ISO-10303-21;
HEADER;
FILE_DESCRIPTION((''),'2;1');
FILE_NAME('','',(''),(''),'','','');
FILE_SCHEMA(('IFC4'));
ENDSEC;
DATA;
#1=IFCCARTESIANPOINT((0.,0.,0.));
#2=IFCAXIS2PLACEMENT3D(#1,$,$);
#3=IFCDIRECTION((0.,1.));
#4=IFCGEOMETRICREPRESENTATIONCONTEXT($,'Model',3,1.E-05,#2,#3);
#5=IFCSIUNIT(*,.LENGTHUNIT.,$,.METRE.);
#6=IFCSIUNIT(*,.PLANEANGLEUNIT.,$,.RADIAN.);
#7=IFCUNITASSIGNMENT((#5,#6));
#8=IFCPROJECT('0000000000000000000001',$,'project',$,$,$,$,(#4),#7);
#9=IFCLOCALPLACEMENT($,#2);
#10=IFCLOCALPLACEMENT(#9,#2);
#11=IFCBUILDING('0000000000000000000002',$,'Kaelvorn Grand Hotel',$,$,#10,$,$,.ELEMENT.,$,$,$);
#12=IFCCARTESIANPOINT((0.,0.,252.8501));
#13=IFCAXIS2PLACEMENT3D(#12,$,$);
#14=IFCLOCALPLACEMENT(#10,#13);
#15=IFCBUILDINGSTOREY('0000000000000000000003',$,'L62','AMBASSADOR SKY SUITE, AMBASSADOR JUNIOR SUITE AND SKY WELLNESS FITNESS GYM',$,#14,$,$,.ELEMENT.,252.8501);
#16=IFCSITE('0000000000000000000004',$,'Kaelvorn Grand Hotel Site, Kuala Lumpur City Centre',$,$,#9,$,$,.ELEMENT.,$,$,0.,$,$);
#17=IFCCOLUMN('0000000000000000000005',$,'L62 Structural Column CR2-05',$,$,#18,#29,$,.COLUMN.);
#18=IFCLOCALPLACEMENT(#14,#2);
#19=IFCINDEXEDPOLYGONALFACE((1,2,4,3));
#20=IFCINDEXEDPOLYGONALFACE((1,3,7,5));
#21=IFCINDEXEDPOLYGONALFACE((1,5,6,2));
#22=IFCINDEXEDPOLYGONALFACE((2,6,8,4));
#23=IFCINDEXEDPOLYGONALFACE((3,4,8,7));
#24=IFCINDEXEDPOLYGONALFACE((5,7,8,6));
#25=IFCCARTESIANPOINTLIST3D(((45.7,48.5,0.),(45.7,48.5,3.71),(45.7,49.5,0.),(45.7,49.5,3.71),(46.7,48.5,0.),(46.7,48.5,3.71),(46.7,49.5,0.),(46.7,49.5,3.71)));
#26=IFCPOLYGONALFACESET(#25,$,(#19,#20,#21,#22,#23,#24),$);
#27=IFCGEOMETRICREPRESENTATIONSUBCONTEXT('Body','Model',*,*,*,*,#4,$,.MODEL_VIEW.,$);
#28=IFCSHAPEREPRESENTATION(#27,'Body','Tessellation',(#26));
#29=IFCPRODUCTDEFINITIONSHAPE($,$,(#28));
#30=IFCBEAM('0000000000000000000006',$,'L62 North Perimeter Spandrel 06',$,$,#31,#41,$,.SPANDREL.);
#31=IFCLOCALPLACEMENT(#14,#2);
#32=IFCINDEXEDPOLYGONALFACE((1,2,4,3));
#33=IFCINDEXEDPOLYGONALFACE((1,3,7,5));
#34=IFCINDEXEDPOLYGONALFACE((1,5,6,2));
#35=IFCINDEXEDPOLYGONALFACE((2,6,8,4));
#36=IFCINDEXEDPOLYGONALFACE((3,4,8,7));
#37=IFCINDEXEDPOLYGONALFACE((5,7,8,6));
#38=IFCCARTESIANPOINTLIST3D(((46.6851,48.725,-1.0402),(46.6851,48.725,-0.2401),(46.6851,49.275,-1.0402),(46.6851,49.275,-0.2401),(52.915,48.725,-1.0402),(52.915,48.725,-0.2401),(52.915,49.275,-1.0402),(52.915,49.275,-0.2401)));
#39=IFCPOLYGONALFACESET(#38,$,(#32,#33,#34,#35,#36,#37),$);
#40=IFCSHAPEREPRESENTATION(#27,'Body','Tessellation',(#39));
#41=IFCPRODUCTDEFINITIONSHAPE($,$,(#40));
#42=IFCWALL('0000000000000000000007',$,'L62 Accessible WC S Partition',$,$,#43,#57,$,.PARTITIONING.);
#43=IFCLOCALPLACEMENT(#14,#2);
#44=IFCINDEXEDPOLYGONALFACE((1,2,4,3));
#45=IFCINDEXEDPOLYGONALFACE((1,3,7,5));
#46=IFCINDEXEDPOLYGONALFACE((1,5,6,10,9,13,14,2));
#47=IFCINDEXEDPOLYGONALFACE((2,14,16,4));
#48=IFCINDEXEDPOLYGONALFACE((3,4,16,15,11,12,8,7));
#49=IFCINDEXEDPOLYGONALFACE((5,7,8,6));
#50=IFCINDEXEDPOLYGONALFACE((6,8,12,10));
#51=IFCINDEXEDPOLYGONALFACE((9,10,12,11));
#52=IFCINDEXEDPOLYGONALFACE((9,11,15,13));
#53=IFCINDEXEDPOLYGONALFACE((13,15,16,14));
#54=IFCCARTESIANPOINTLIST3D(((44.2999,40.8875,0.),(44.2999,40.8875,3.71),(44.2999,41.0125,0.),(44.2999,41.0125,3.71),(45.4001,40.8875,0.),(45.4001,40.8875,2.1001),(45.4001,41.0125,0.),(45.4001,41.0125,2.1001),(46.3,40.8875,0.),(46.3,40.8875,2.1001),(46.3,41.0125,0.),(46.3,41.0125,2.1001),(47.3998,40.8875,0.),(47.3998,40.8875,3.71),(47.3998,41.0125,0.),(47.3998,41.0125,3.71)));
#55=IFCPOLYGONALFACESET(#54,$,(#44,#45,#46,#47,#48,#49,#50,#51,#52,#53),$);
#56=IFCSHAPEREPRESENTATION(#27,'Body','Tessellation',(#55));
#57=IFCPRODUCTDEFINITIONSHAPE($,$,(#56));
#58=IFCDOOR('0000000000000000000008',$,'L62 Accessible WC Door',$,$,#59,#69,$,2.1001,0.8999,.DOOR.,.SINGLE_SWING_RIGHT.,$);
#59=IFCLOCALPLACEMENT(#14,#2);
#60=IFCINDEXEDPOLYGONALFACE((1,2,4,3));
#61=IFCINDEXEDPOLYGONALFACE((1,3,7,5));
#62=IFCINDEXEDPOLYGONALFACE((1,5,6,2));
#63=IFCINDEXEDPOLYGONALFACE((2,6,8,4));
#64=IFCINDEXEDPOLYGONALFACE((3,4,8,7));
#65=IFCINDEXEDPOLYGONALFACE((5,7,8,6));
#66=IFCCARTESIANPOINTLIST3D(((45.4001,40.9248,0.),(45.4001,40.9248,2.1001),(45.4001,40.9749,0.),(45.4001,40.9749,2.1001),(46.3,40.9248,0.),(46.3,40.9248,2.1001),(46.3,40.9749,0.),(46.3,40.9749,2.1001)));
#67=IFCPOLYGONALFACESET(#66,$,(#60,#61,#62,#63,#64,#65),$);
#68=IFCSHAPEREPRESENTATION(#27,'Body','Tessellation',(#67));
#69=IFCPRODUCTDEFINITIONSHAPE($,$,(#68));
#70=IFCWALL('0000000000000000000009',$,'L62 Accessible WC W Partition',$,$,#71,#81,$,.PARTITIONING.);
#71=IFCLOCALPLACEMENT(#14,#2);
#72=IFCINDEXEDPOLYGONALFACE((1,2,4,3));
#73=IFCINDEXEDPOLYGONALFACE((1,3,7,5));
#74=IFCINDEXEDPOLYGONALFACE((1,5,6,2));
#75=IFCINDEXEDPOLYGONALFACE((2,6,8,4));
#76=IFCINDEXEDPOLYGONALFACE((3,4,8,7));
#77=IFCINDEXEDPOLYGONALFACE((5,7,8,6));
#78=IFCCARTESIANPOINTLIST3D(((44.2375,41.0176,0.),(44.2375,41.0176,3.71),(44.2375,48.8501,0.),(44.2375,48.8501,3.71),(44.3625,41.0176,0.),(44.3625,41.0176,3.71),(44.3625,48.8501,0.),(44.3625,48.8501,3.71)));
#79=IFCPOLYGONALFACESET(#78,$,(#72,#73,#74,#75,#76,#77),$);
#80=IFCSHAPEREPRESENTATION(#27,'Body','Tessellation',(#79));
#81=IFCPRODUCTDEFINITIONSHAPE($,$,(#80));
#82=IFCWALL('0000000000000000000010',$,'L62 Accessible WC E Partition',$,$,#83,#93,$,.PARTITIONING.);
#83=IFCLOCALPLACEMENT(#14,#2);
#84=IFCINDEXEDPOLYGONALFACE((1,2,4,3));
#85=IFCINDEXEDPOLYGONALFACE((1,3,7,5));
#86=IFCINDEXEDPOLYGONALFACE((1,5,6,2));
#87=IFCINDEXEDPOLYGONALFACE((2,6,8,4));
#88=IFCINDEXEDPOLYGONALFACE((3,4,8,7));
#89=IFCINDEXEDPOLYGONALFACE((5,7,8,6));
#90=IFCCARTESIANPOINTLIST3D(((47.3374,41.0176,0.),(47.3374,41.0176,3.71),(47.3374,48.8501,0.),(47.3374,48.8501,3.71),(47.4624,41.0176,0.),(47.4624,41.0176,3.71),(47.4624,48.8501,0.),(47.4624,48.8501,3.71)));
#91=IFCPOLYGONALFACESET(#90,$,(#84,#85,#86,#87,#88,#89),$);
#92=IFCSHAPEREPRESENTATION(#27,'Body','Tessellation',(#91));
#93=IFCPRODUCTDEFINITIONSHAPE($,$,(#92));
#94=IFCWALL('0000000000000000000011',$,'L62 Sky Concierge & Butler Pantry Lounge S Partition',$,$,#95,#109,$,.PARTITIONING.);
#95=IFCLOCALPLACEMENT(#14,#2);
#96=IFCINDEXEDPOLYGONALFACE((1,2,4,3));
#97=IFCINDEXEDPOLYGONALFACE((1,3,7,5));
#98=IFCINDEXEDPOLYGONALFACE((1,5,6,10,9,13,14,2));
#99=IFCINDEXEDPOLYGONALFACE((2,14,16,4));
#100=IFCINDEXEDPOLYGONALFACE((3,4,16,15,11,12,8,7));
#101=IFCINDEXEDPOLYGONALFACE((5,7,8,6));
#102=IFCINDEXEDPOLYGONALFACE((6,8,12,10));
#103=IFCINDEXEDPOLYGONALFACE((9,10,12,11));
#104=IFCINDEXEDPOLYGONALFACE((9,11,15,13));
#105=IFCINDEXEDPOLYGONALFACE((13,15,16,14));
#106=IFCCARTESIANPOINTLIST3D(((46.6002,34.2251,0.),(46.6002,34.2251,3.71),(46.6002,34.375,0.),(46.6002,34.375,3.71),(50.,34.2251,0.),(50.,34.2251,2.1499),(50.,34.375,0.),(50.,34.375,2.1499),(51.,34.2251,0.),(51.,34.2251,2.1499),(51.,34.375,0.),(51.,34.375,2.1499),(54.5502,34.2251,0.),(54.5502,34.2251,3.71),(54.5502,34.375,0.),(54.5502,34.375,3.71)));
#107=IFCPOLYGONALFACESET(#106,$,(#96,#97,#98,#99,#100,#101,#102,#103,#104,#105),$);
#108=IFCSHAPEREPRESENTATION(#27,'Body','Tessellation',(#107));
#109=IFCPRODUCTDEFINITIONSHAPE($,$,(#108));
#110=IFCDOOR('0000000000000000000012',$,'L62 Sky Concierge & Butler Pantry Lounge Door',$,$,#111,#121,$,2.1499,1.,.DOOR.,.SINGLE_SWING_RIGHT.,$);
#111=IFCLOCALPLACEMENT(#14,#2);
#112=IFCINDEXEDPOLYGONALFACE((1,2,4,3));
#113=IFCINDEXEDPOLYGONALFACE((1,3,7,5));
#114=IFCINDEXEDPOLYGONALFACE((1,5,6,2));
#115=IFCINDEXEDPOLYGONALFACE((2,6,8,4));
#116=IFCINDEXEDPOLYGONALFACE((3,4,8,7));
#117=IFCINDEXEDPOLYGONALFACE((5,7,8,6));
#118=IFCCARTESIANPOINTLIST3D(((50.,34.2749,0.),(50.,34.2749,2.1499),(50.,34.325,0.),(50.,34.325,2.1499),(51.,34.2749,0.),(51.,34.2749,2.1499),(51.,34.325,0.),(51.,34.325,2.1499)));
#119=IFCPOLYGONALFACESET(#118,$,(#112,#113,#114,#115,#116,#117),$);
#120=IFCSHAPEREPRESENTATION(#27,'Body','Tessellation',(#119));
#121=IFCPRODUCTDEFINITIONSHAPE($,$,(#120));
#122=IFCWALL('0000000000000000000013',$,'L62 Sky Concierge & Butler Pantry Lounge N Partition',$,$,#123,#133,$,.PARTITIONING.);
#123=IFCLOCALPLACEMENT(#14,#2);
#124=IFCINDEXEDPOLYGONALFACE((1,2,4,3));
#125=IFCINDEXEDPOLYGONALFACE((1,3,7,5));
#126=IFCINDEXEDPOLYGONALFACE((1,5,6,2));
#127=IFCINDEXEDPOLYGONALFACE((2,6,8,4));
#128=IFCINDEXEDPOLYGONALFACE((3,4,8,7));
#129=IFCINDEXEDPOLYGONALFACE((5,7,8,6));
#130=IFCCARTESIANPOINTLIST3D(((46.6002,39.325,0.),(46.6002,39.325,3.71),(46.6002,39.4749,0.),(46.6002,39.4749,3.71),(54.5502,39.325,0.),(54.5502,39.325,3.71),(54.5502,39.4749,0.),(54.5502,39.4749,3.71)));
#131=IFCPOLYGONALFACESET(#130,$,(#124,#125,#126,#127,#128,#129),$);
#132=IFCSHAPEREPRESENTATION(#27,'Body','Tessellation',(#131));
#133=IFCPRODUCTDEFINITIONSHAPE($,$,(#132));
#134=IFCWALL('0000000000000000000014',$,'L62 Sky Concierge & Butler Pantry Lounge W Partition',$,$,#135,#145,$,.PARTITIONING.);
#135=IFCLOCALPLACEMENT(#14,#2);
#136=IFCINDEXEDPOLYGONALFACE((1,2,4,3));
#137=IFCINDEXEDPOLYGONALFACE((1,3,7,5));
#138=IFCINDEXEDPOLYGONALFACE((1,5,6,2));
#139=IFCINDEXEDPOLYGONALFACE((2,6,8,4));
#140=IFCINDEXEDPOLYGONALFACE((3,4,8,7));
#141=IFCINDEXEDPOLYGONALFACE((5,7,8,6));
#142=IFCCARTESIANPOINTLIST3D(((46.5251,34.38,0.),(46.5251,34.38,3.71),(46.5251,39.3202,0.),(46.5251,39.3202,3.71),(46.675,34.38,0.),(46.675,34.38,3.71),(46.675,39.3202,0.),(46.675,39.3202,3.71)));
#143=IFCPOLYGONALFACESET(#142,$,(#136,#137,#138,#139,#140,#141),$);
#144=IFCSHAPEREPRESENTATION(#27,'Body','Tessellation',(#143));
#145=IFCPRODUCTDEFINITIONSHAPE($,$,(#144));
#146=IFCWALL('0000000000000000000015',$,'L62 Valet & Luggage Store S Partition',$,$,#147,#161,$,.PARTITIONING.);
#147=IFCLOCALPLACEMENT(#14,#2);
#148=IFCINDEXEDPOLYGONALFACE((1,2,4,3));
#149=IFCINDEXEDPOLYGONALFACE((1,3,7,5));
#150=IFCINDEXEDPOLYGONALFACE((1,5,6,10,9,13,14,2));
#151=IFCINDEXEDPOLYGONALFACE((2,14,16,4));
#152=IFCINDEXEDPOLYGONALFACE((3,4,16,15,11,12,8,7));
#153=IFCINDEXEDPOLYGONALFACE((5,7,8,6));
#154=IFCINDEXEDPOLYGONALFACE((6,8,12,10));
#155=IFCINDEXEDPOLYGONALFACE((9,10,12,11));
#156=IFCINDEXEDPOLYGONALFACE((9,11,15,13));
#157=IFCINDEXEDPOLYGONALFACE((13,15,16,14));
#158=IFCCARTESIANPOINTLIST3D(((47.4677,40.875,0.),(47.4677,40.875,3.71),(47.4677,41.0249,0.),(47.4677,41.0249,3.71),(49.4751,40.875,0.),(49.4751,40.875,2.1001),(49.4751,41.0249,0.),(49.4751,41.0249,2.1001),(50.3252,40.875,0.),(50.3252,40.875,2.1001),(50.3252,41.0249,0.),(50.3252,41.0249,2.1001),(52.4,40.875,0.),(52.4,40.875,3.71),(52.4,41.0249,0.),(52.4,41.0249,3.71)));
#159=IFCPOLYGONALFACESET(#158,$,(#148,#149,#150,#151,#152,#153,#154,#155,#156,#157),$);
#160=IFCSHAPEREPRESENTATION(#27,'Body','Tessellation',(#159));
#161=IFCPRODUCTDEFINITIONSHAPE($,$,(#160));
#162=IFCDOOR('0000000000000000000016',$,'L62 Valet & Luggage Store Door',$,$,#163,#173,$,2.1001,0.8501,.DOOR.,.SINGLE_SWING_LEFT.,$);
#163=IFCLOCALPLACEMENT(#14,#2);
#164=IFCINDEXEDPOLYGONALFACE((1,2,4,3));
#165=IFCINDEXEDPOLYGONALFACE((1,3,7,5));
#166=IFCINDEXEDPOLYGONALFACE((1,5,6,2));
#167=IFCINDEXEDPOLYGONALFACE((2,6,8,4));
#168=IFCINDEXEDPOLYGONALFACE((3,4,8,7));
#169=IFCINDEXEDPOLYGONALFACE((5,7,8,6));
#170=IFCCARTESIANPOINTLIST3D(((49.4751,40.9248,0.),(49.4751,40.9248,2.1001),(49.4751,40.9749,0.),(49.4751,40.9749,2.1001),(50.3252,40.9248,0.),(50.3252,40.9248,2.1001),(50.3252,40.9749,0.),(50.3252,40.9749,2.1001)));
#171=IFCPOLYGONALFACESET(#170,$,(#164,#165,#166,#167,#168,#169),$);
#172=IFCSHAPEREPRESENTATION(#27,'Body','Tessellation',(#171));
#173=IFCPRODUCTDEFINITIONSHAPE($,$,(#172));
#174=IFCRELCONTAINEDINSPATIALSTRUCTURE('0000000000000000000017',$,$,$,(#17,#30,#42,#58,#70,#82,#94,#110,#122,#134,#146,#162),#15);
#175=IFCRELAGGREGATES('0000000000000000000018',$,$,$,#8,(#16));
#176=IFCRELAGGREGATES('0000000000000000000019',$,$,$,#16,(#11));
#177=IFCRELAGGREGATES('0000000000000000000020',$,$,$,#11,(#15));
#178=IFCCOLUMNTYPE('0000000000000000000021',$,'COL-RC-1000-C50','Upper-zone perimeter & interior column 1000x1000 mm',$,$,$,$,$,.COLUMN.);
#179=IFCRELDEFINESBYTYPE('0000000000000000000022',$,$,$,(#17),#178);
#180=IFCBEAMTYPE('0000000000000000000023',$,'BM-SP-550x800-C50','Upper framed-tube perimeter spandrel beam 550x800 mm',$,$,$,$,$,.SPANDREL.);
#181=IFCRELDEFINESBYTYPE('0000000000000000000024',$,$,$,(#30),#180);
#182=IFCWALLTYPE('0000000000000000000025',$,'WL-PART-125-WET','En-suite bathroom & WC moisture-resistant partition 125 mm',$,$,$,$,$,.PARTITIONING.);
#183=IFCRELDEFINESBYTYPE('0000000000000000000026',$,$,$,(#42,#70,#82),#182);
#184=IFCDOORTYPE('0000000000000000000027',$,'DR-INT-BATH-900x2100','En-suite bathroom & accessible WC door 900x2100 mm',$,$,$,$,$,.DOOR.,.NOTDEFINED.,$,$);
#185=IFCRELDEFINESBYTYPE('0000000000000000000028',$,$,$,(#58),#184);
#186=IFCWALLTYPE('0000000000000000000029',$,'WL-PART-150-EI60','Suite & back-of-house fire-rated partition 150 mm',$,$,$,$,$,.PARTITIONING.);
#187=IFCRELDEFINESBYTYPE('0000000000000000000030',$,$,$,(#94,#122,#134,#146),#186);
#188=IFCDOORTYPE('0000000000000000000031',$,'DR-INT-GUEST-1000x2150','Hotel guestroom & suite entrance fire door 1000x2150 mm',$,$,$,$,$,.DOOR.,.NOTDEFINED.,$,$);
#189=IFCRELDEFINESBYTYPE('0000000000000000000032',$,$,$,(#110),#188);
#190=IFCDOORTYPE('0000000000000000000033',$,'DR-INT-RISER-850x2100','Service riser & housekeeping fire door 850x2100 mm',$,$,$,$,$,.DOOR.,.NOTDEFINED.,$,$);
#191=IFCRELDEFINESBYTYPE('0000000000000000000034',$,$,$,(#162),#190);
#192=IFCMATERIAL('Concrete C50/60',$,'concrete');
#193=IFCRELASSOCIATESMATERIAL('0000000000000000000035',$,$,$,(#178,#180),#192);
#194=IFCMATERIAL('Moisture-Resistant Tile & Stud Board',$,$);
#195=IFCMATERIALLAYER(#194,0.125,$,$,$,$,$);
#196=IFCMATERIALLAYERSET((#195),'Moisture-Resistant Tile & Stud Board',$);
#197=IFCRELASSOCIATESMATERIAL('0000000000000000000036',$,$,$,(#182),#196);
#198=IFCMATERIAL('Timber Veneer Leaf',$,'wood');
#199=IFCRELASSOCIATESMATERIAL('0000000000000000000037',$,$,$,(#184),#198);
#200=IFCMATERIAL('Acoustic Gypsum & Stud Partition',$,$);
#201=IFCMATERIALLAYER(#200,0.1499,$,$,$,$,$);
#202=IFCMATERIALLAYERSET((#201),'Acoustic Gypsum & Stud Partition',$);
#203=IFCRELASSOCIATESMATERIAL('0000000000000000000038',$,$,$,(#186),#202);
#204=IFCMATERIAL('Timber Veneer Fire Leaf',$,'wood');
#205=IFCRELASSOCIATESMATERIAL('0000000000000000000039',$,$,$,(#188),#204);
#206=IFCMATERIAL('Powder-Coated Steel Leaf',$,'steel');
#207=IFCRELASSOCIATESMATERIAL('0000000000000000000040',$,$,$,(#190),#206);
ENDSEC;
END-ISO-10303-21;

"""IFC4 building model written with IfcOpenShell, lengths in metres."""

from ifc_helpers import new_model, si_unit, direction, frame, frame_2d, origin, origin_2d, place, context, subcontext, project, spatial, rectangle, extrude, material, layer, layer_set, material_profile, profile_set, type_object, element, fill, save


model = new_model("IFC4")

# Units and contexts
model_context = context("Model", 3, precision=1e-05, world=origin(), true_north=direction((0.0, 1.0)))
body_context = subcontext(model_context, "Body", "Model", "MODEL_VIEW")
ifc_project = project(units=[si_unit("LENGTHUNIT", "METRE"), si_unit("PLANEANGLEUNIT", "RADIAN")], contexts=[model_context])

# Site, building, storey
site_placement = place(None, origin())
site = spatial("IfcSite", under=ifc_project, at=site_placement, Name="Kaelvorn Grand Hotel Site, Kuala Lumpur City Centre", CompositionType="ELEMENT", RefElevation=0.0)
building_placement = place(site_placement, origin())
building = spatial("IfcBuilding", under=site, at=building_placement, Name="Kaelvorn Grand Hotel", CompositionType="ELEMENT")
storey_placement = place(building_placement, frame((0.0, 0.0, 252.8501)))
storey = spatial("IfcBuildingStorey", under=building, at=storey_placement, Name="L62", Description="AMBASSADOR SKY SUITE, AMBASSADOR JUNIOR SUITE AND SKY WELLNESS FITNESS GYM", CompositionType="ELEMENT", Elevation=252.8501)

# Column
ifc_material_1 = material(Name="Concrete C50/60", Category="concrete")
ifc_material_profile_1 = material_profile(ifc_material_1, rectangle(XDim=1.0, YDim=1.0, at=origin_2d()), Name="RC COL 1000x1000")
ifc_profile_set_1 = profile_set([ifc_material_profile_1], Name="Concrete C50/60")
column_type = type_object("IfcColumnType", Name="COL-RC-1000-C50", Description="Upper-zone perimeter & interior column 1000x1000 mm", PredefinedType="COLUMN", material=ifc_profile_set_1)
column_placement = place(storey_placement, frame((46.2, 49.0, 0.0), z_axis=(0.0, 0.0, 1.0), x_axis=(1.0, 0.0, 0.0)))
element("IfcColumn", 1, at=column_placement, inside=storey, type_object=column_type, Name="L62 Structural Column CR2-05", PredefinedType="COLUMN", context=body_context, shape_type="SweptSolid", body=[
    extrude(rectangle(XDim=1.0, YDim=1.0, at=origin_2d()), origin(), (0.0, 0.0, 1.0), 3.71),
])

# Beam
ifc_material_profile_2 = material_profile(ifc_material_1, rectangle(XDim=0.55, YDim=0.8, at=origin_2d()), Name="RC SPANDREL 550x800")
ifc_profile_set_2 = profile_set([ifc_material_profile_2], Name="Concrete C50/60")
beam_type = type_object("IfcBeamType", Name="BM-SP-550x800-C50", Description="Upper framed-tube perimeter spandrel beam 550x800 mm", PredefinedType="SPANDREL", material=ifc_profile_set_2)
beam_placement = place(storey_placement, frame((46.6851, 49.0, -0.6401), z_axis=(1.0, 0.0, 0.0), x_axis=(0.0, 1.0, 0.0)))
element("IfcBeam", 2, at=beam_placement, inside=storey, type_object=beam_type, Name="L62 North Perimeter Spandrel 06", PredefinedType="SPANDREL", context=body_context, shape_type="SweptSolid", body=[
    extrude(rectangle(XDim=0.55, YDim=0.8, at=origin_2d()), origin(), (0.0, 0.0, 1.0), 6.23),
])

# Wall, opening, door
ifc_material_2 = material(Name="Moisture-Resistant Tile & Stud Board")
ifc_layer_1 = layer(ifc_material_2, 0.125)
ifc_layer_set_1 = layer_set([ifc_layer_1], Name="Moisture-Resistant Tile & Stud Board")
wall_type_1 = type_object("IfcWallType", Name="WL-PART-125-WET", Description="En-suite bathroom & WC moisture-resistant partition 125 mm", PredefinedType="PARTITIONING", material=ifc_layer_set_1)
wall_1_placement = place(storey_placement, frame((44.3, 40.95, 0.0), z_axis=(0.0, 0.0, 1.0), x_axis=(1.0, 0.0, 0.0)))
wall_1 = element("IfcWall", 3, at=wall_1_placement, inside=storey, type_object=wall_type_1, Name="L62 Accessible WC S Partition", PredefinedType="PARTITIONING", context=body_context, shape_type="SweptSolid", body=[
    extrude(rectangle(XDim=3.0999, YDim=0.125, at=frame_2d((1.5498, 0.0))), origin(), (0.0, 0.0, 1.0), 3.71),
])
opening_1_placement = place(wall_1_placement, frame((1.1001, 0.0, 0.0)))
opening_1 = element("IfcOpeningElement", 4, at=opening_1_placement, cuts=wall_1, PredefinedType="OPENING", context=body_context, shape_type="SweptSolid", body=[
    extrude(rectangle(XDim=0.8999, YDim=2.1001, at=frame_2d((0.45, 1.05))), frame((0.0, 0.0725, 0.0), z_axis=(0.0, -1.0, 0.0), x_axis=(1.0, 0.0, 0.0)), (0.0, 0.0, 1.0), 0.145),
])
ifc_material_3 = material(Name="Timber Veneer Leaf", Category="wood")
door_type_1 = type_object("IfcDoorType", Name="DR-INT-BATH-900x2100", Description="En-suite bathroom & accessible WC door 900x2100 mm", OperationType="NOTDEFINED", PredefinedType="DOOR", material=ifc_material_3)
door_1_placement = place(opening_1_placement, origin())
door_1 = element("IfcDoor", 5, at=door_1_placement, inside=storey, type_object=door_type_1, Name="L62 Accessible WC Door", OperationType="SINGLE_SWING_RIGHT", OverallHeight=2.1001, OverallWidth=0.8999, PredefinedType="DOOR", context=body_context, shape_type="SweptSolid", body=[
    extrude(rectangle(XDim=0.8999, YDim=2.1001, at=frame_2d((0.45, 1.05))), frame((0.0, 0.0249, 0.0), z_axis=(0.0, -1.0, 0.0), x_axis=(1.0, 0.0, 0.0)), (0.0, 0.0, 1.0), 0.05),
])
fill(opening_1, door_1)

# Walls
for number, where, z_axis, x_axis, name in (
    (6, (44.3, 41.0176, 0.0), (0.0, 0.0, 1.0), (0.0, 1.0, 0.0), "L62 Accessible WC W Partition"),
    (7, (47.3999, 41.0176, 0.0), (0.0, 0.0, 1.0), (0.0, 1.0, 0.0), "L62 Accessible WC E Partition"),
):
    element("IfcWall", number, at=place(storey_placement, frame(where, z_axis=z_axis, x_axis=x_axis)), inside=storey, type_object=wall_type_1, Name=name, PredefinedType="PARTITIONING", context=body_context, shape_type="SweptSolid", body=[
        extrude(rectangle(XDim=7.8325, YDim=0.125, at=frame_2d((3.9163, 0.0))), origin(), (0.0, 0.0, 1.0), 3.71),
    ])

# Wall, opening, door
ifc_material_4 = material(Name="Acoustic Gypsum & Stud Partition")
ifc_layer_2 = layer(ifc_material_4, 0.1499)
ifc_layer_set_2 = layer_set([ifc_layer_2], Name="Acoustic Gypsum & Stud Partition")
wall_type_2 = type_object("IfcWallType", Name="WL-PART-150-EI60", Description="Suite & back-of-house fire-rated partition 150 mm", PredefinedType="PARTITIONING", material=ifc_layer_set_2)
wall_2_placement = place(storey_placement, frame((46.6001, 34.3, 0.0), z_axis=(0.0, 0.0, 1.0), x_axis=(1.0, 0.0, 0.0)))
wall_2 = element("IfcWall", 8, at=wall_2_placement, inside=storey, type_object=wall_type_2, Name="L62 Sky Concierge & Butler Pantry Lounge S Partition", PredefinedType="PARTITIONING", context=body_context, shape_type="SweptSolid", body=[
    extrude(rectangle(XDim=7.95, YDim=0.1499, at=frame_2d((3.9751, 0.0))), origin(), (0.0, 0.0, 1.0), 3.71),
])
opening_2_placement = place(wall_2_placement, frame((3.3999, 0.0, 0.0)))
opening_2 = element("IfcOpeningElement", 9, at=opening_2_placement, cuts=wall_2, PredefinedType="OPENING", context=body_context, shape_type="SweptSolid", body=[
    extrude(rectangle(XDim=1.0, YDim=2.1499, at=frame_2d((0.5, 1.075))), frame((0.0, 0.085, 0.0), z_axis=(0.0, -1.0, 0.0), x_axis=(1.0, 0.0, 0.0)), (0.0, 0.0, 1.0), 0.1699),
])
ifc_material_5 = material(Name="Timber Veneer Fire Leaf", Category="wood")
door_type_2 = type_object("IfcDoorType", Name="DR-INT-GUEST-1000x2150", Description="Hotel guestroom & suite entrance fire door 1000x2150 mm", OperationType="NOTDEFINED", PredefinedType="DOOR", material=ifc_material_5)
door_2_placement = place(opening_2_placement, origin())
door_2 = element("IfcDoor", 10, at=door_2_placement, inside=storey, type_object=door_type_2, Name="L62 Sky Concierge & Butler Pantry Lounge Door", OperationType="SINGLE_SWING_RIGHT", OverallHeight=2.1499, OverallWidth=1.0, PredefinedType="DOOR", context=body_context, shape_type="SweptSolid", body=[
    extrude(rectangle(XDim=1.0, YDim=2.1499, at=frame_2d((0.5, 1.075))), frame((0.0, 0.0249, 0.0), z_axis=(0.0, -1.0, 0.0), x_axis=(1.0, 0.0, 0.0)), (0.0, 0.0, 1.0), 0.05),
])
fill(opening_2, door_2)

# Walls
wall_3_placement = place(storey_placement, frame((46.6001, 39.3999, 0.0), z_axis=(0.0, 0.0, 1.0), x_axis=(1.0, 0.0, 0.0)))
element("IfcWall", 11, at=wall_3_placement, inside=storey, type_object=wall_type_2, Name="L62 Sky Concierge & Butler Pantry Lounge N Partition", PredefinedType="PARTITIONING", context=body_context, shape_type="SweptSolid", body=[
    extrude(rectangle(XDim=7.95, YDim=0.1499, at=frame_2d((3.9751, 0.0))), origin(), (0.0, 0.0, 1.0), 3.71),
])
wall_4_placement = place(storey_placement, frame((46.6001, 34.3799, 0.0), z_axis=(0.0, 0.0, 1.0), x_axis=(0.0, 1.0, 0.0)))
element("IfcWall", 12, at=wall_4_placement, inside=storey, type_object=wall_type_2, Name="L62 Sky Concierge & Butler Pantry Lounge W Partition", PredefinedType="PARTITIONING", context=body_context, shape_type="SweptSolid", body=[
    extrude(rectangle(XDim=4.9402, YDim=0.1499, at=frame_2d((2.4702, 0.0))), origin(), (0.0, 0.0, 1.0), 3.71),
])

# Wall, opening, door
wall_5_placement = place(storey_placement, frame((47.4675, 40.95, 0.0), z_axis=(0.0, 0.0, 1.0), x_axis=(1.0, 0.0, 0.0)))
wall_5 = element("IfcWall", 13, at=wall_5_placement, inside=storey, type_object=wall_type_2, Name="L62 Valet & Luggage Store S Partition", PredefinedType="PARTITIONING", context=body_context, shape_type="SweptSolid", body=[
    extrude(rectangle(XDim=4.9324, YDim=0.1499, at=frame_2d((2.4663, 0.0))), origin(), (0.0, 0.0, 1.0), 3.71),
])
opening_3_placement = place(wall_5_placement, frame((2.0076, 0.0, 0.0)))
opening_3 = element("IfcOpeningElement", 14, at=opening_3_placement, cuts=wall_5, PredefinedType="OPENING", context=body_context, shape_type="SweptSolid", body=[
    extrude(rectangle(XDim=0.8501, YDim=2.1001, at=frame_2d((0.425, 1.05))), frame((0.0, 0.085, 0.0), z_axis=(0.0, -1.0, 0.0), x_axis=(1.0, 0.0, 0.0)), (0.0, 0.0, 1.0), 0.1699),
])
ifc_material_6 = material(Name="Powder-Coated Steel Leaf", Category="steel")
door_type_3 = type_object("IfcDoorType", Name="DR-INT-RISER-850x2100", Description="Service riser & housekeeping fire door 850x2100 mm", OperationType="NOTDEFINED", PredefinedType="DOOR", material=ifc_material_6)
door_3_placement = place(opening_3_placement, origin())
door_3 = element("IfcDoor", 15, at=door_3_placement, inside=storey, type_object=door_type_3, Name="L62 Valet & Luggage Store Door", OperationType="SINGLE_SWING_LEFT", OverallHeight=2.1001, OverallWidth=0.8501, PredefinedType="DOOR", context=body_context, shape_type="SweptSolid", body=[
    extrude(rectangle(XDim=0.8501, YDim=2.1001, at=frame_2d((0.425, 1.05))), frame((0.0, 0.0249, 0.0), z_axis=(0.0, -1.0, 0.0), x_axis=(1.0, 0.0, 0.0)), (0.0, 0.0, 1.0), 0.05),
])
fill(opening_3, door_3)

save(model, "model.ifc")
